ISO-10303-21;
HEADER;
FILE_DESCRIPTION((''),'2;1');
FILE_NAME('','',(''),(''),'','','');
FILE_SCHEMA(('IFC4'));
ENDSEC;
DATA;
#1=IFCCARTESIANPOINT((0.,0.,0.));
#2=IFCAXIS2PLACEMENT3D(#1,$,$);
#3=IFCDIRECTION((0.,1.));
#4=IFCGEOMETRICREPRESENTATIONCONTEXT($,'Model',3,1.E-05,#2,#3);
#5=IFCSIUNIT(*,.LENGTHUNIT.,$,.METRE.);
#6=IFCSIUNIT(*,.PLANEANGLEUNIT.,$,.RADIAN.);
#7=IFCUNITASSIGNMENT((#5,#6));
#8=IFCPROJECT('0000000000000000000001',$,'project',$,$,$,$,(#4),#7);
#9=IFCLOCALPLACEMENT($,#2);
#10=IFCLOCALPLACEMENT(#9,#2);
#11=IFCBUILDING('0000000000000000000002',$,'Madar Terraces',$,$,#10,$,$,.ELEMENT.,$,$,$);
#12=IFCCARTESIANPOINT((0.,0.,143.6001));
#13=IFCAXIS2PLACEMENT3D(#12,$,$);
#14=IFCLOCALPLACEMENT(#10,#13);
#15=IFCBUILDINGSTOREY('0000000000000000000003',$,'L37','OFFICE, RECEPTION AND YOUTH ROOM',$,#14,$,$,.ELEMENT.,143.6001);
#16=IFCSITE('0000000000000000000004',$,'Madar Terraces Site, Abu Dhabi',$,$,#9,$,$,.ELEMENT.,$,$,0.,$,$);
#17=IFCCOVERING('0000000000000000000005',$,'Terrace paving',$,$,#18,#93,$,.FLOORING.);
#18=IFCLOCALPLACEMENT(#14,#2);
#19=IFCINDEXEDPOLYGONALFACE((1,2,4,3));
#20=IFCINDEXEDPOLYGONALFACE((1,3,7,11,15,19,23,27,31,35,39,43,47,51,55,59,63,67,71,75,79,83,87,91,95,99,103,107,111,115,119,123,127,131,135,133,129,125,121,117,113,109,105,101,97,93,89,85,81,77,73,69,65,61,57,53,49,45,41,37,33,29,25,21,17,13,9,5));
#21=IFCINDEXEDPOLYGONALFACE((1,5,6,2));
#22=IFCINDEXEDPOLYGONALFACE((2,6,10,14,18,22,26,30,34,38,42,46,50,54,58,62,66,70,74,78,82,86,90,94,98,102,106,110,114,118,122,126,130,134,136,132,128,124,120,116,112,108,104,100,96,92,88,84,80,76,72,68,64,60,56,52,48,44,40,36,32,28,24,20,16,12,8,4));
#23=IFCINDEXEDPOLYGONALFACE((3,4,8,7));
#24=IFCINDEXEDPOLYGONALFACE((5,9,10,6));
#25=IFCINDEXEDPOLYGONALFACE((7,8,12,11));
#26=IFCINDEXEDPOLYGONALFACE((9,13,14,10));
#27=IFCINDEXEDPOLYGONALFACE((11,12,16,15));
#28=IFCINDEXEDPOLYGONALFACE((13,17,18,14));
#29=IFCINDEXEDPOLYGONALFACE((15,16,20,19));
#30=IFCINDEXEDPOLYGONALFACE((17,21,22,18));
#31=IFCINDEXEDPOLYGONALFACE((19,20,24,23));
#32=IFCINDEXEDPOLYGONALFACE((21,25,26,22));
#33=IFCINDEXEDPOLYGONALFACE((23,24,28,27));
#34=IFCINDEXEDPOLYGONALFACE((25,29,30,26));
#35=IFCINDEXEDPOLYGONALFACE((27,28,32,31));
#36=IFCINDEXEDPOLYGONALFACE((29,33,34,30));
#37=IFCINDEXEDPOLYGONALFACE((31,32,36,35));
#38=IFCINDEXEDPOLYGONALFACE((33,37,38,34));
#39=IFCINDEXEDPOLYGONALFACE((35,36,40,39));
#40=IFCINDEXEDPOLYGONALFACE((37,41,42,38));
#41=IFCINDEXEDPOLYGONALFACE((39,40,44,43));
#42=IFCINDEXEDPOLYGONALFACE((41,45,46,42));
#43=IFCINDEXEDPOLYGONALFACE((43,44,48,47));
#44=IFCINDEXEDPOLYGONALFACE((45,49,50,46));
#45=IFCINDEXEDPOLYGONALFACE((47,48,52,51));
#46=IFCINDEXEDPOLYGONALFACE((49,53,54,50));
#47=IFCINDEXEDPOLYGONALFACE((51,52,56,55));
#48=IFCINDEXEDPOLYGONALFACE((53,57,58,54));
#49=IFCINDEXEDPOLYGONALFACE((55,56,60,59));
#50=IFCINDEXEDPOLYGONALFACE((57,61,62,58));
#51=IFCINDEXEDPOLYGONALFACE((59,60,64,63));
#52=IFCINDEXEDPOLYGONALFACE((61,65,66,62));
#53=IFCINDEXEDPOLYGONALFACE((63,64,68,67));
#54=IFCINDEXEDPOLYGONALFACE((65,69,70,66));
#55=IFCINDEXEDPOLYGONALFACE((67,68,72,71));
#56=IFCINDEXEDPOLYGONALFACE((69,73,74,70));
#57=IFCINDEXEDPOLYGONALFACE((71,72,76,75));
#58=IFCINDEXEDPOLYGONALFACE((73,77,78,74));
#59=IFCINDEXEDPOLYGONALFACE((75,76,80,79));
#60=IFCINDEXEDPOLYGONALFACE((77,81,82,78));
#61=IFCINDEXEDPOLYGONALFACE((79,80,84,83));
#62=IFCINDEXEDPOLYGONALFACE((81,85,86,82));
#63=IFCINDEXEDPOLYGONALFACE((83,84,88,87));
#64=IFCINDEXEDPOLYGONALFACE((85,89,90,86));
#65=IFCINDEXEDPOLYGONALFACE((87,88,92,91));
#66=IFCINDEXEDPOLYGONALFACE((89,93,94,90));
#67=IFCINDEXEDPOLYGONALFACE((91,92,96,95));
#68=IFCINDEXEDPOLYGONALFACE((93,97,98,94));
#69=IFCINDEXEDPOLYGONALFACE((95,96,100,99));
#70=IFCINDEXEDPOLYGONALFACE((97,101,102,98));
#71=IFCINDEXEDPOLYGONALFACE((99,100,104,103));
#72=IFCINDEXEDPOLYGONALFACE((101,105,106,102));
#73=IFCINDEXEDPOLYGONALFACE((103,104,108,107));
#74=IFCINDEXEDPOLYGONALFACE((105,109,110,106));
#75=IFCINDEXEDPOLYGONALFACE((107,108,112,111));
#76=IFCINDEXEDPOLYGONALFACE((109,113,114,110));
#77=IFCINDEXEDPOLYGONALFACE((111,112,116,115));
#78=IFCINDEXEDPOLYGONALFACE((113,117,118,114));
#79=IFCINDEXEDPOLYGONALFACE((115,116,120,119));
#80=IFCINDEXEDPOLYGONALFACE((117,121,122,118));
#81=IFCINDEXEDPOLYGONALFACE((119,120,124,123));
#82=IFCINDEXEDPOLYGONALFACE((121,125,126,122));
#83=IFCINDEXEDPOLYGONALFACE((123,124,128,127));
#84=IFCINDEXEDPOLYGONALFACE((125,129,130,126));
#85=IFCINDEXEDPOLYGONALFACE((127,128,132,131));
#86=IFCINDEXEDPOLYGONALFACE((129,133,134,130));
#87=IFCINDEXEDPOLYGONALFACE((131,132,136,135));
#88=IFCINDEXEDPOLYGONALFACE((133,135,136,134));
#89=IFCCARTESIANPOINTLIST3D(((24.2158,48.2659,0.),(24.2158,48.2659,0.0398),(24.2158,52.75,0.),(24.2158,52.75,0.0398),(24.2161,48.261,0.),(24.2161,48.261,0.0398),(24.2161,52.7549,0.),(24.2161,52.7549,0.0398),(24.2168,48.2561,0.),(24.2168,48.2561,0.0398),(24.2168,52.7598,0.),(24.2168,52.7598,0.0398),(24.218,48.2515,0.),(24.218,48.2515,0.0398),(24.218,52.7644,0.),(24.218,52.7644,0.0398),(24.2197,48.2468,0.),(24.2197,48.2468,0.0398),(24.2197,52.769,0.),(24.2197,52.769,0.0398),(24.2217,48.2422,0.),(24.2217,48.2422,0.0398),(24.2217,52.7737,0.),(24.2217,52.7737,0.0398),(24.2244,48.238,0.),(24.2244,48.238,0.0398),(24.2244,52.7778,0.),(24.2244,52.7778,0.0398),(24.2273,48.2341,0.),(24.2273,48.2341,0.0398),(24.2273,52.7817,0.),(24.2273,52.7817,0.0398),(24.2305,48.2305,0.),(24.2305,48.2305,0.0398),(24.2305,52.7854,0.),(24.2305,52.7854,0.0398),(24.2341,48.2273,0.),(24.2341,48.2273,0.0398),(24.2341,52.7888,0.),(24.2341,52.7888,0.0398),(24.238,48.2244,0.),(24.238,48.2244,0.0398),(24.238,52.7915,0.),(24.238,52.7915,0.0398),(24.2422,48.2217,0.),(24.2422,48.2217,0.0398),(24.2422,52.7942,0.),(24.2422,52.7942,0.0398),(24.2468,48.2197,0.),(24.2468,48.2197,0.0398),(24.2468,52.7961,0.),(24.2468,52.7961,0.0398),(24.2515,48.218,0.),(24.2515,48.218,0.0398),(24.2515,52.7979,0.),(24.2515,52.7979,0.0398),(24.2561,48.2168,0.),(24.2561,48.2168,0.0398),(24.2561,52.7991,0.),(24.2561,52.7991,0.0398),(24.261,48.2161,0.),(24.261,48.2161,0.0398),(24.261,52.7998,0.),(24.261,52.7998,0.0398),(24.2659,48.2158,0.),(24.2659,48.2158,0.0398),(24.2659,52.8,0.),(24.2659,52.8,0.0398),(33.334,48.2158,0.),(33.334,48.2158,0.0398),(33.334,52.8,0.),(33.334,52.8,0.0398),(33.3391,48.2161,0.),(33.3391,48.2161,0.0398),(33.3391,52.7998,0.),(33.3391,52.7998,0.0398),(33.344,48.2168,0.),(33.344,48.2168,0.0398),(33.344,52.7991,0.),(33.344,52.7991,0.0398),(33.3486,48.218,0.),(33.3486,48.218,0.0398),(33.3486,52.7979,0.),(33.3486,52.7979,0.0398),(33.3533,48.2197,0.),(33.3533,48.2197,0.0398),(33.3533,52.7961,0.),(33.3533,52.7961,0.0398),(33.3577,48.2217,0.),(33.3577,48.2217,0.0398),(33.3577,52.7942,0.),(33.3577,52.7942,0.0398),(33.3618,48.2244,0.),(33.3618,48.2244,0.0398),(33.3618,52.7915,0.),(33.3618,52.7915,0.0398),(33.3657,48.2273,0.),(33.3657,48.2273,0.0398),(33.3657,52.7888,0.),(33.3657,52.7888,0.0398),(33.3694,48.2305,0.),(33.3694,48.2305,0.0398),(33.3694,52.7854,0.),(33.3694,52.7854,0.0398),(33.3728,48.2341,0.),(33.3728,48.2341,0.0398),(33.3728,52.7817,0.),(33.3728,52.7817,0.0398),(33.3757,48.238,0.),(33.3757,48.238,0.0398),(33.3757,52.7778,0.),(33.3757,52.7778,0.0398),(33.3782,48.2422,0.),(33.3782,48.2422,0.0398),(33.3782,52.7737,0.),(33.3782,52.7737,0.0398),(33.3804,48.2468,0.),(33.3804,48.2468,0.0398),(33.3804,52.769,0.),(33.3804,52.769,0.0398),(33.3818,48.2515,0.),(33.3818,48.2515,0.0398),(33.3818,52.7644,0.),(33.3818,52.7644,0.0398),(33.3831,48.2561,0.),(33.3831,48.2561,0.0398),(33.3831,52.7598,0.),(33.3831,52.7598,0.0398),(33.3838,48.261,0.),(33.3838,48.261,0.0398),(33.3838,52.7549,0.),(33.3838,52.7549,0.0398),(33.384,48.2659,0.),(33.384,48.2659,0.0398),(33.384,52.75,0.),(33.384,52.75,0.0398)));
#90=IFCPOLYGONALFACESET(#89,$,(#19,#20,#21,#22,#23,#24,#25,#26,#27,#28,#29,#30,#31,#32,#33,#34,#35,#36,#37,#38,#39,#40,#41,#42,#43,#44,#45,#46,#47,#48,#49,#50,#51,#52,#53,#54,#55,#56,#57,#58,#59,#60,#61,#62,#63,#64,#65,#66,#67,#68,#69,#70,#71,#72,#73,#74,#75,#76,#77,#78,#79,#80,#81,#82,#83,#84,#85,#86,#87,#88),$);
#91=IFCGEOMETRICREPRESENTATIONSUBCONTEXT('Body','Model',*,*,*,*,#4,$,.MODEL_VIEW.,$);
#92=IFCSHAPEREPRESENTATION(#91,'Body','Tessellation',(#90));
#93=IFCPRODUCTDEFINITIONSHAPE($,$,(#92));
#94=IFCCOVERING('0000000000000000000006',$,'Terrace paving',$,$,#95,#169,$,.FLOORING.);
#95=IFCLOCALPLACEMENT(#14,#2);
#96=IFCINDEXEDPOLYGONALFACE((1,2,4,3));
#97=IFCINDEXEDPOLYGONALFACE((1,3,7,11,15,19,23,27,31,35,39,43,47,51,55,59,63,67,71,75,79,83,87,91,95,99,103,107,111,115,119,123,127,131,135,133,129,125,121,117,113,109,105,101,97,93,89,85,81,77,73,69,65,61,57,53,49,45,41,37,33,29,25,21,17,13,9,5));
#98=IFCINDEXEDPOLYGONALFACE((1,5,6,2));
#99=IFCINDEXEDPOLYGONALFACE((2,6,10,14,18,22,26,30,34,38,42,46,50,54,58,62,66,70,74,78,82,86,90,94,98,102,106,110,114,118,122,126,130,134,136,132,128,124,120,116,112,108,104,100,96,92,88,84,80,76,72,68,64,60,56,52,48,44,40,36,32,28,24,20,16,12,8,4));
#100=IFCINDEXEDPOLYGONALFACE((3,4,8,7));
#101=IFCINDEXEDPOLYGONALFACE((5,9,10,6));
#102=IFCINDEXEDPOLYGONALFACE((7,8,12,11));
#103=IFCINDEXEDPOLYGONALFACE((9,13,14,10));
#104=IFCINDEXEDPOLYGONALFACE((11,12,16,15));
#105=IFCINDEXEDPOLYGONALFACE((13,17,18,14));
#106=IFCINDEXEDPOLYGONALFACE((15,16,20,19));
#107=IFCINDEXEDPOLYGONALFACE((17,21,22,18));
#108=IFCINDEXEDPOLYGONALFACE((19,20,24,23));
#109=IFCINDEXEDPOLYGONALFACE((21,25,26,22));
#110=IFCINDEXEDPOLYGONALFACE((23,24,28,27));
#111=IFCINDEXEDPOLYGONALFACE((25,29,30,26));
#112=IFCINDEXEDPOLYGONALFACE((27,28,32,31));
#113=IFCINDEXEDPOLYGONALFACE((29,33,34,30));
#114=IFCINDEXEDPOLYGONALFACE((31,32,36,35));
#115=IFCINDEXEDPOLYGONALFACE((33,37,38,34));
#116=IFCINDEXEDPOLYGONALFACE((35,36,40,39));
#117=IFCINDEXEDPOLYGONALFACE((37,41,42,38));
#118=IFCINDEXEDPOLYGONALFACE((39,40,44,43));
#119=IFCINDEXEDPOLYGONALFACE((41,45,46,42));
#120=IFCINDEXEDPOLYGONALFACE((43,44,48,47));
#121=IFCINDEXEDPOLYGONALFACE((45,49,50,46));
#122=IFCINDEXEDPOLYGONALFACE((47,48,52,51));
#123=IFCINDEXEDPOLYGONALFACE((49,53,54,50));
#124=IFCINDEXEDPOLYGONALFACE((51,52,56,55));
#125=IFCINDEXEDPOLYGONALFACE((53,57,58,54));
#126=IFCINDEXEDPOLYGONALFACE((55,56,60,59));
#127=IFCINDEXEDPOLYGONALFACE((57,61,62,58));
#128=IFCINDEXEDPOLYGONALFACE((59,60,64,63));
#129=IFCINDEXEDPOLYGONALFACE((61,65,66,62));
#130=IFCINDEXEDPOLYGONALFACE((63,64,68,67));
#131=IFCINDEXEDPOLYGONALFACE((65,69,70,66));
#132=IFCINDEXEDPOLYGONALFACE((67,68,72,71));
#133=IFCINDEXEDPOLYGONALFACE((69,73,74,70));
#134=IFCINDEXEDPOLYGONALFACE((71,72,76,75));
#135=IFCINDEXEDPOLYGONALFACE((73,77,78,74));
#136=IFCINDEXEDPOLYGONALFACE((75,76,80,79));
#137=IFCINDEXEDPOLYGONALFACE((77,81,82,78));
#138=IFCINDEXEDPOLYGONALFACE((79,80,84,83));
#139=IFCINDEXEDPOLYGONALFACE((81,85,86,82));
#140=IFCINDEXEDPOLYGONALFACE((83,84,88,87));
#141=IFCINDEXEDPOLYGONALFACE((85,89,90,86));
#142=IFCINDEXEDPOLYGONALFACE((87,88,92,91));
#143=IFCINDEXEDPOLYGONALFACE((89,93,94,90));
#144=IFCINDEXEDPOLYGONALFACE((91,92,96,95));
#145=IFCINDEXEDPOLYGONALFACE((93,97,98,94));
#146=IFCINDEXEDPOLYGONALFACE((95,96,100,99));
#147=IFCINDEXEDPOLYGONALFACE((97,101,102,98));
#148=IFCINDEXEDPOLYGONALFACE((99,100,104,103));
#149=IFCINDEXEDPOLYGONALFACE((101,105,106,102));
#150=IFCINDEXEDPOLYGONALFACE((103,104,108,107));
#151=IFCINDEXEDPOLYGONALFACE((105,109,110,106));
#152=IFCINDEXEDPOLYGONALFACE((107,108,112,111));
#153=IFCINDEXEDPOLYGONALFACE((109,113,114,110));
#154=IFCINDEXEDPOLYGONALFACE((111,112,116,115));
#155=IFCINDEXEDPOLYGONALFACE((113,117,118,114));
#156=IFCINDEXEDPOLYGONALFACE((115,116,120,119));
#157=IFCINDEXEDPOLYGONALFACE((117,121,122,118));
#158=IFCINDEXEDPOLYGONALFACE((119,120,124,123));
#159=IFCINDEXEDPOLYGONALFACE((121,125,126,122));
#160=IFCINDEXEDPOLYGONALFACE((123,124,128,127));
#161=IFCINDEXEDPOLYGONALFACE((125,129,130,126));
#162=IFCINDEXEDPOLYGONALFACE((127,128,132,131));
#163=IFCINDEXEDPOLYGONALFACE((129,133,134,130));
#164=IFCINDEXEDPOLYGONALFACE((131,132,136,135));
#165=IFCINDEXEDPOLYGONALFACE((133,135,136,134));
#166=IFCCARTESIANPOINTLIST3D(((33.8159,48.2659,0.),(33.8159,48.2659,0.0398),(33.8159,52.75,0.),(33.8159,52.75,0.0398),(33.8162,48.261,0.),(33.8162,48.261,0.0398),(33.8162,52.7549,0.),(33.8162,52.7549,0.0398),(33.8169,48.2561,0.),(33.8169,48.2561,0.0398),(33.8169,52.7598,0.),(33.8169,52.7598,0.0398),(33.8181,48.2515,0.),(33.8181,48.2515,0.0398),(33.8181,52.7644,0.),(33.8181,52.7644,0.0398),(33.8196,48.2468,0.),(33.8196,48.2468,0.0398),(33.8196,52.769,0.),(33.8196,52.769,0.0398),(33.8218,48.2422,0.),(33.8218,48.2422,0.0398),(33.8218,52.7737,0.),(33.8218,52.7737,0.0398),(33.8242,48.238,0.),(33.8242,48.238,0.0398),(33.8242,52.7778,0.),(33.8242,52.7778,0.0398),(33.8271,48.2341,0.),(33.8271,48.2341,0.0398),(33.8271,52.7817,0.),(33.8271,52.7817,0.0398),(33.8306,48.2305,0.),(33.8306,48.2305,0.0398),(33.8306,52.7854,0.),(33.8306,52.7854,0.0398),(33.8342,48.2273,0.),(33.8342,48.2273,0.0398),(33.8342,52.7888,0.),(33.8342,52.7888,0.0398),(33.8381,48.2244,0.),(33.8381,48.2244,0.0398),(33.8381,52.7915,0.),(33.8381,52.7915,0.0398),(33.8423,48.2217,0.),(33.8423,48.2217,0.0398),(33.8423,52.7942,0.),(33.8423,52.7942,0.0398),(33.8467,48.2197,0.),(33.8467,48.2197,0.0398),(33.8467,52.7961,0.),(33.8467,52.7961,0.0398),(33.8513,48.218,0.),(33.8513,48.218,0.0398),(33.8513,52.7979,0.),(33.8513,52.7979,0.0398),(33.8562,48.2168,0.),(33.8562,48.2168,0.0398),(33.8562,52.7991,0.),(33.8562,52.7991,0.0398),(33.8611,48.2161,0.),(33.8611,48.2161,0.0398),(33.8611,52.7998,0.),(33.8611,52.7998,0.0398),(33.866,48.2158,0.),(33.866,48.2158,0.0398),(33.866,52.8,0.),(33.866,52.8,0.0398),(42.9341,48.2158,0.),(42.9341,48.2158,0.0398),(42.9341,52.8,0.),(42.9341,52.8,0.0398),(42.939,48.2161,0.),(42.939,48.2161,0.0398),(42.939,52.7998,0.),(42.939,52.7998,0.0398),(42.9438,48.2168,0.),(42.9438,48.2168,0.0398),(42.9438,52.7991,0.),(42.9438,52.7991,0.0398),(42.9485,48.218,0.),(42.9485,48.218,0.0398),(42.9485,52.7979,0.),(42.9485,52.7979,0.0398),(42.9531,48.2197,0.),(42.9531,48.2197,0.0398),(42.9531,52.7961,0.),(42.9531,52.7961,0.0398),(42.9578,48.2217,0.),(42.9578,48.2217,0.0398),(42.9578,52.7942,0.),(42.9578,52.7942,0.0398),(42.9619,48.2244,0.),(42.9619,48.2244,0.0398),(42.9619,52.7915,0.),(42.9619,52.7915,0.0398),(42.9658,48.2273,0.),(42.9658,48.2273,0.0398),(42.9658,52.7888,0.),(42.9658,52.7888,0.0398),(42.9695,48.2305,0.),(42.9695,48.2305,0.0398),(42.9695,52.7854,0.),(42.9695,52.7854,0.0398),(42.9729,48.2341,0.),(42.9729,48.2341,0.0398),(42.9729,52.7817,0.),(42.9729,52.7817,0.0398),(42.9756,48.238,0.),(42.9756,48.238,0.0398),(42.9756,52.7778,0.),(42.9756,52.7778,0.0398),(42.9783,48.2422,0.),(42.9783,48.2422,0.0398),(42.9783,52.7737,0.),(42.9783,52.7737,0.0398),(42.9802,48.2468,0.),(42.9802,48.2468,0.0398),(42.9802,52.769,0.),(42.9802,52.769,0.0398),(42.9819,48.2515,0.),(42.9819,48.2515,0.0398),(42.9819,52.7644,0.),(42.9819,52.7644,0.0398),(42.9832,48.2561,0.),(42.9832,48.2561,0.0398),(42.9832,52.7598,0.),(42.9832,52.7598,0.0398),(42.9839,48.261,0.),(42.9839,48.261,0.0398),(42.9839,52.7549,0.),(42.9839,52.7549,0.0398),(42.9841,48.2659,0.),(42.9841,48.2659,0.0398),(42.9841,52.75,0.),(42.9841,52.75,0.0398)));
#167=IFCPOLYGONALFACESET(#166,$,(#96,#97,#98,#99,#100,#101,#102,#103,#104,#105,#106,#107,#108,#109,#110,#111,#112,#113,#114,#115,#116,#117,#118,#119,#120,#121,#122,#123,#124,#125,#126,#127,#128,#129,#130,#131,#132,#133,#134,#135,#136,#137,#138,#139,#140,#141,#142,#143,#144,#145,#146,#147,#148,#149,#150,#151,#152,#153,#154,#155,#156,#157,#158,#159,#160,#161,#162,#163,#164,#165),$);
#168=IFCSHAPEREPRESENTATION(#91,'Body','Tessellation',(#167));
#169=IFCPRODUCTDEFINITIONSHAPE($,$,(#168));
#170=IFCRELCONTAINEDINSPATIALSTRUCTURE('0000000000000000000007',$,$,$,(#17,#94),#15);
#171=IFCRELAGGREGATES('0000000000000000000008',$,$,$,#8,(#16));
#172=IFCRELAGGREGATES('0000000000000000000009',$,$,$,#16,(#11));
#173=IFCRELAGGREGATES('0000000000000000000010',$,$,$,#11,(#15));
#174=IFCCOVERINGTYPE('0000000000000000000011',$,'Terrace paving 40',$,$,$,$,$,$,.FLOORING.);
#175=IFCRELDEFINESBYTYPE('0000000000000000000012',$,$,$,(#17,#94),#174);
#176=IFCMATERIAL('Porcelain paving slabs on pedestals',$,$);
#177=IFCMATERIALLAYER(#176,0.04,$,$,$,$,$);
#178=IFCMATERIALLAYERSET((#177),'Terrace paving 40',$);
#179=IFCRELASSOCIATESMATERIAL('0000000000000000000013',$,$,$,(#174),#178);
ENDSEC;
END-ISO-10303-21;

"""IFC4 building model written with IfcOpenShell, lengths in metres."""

from ifc_helpers import new_model, si_unit, direction, frame, origin, place, context, subcontext, project, spatial, polyline, outline, extrude, material, layer, layer_set, type_object, element, save


model = new_model("IFC4")

# Units and contexts
model_context = context("Model", 3, precision=1e-05, world=origin(), true_north=direction((0.0, 1.0)))
body_context = subcontext(model_context, "Body", "Model", "MODEL_VIEW")
ifc_project = project(units=[si_unit("LENGTHUNIT", "METRE"), si_unit("PLANEANGLEUNIT", "RADIAN")], contexts=[model_context])

# Site, building, storey
site_placement = place(None, origin())
site = spatial("IfcSite", under=ifc_project, at=site_placement, Name="Madar Terraces Site, Abu Dhabi", CompositionType="ELEMENT", RefElevation=0.0)
building_placement = place(site_placement, origin())
building = spatial("IfcBuilding", under=site, at=building_placement, Name="Madar Terraces", CompositionType="ELEMENT")
storey_placement = place(building_placement, frame((0.0, 0.0, 143.6001)))
storey = spatial("IfcBuildingStorey", under=building, at=storey_placement, Name="L37", Description="OFFICE, RECEPTION AND YOUTH ROOM", CompositionType="ELEMENT", Elevation=143.6001)

# Coverings
ifc_material_1 = material(Name="Porcelain paving slabs on pedestals")
ifc_layer_1 = layer(ifc_material_1, 0.04)
ifc_layer_set_1 = layer_set([ifc_layer_1], Name="Terrace paving 40")
covering_type = type_object("IfcCoveringType", Name="Terrace paving 40", PredefinedType="FLOORING", material=ifc_layer_set_1)
covering_1_placement = place(storey_placement, origin())
element("IfcCovering", 1, at=covering_1_placement, inside=storey, type_object=covering_type, Name="Terrace paving", PredefinedType="FLOORING", context=body_context, shape_type="SweptSolid", body=[
    extrude(outline(polyline([(33.3486, 52.7979), (33.3533, 52.7961), (33.3577, 52.7942), (33.3618, 52.7915), (33.3657, 52.7888), (33.3694, 52.7854), (33.3728, 52.7817), (33.3757, 52.7778), (33.3782, 52.7737), (33.3804, 52.769), (33.3818, 52.7644), (33.3831, 52.7598), (33.3838, 52.7549), (33.384, 52.75), (33.384, 48.2659), (33.3838, 48.261), (33.3831, 48.2561), (33.3818, 48.2515), (33.3804, 48.2468), (33.3782, 48.2422), (33.3757, 48.238), (33.3728, 48.2341), (33.3694, 48.2305), (33.3657, 48.2273), (33.3618, 48.2244), (33.3577, 48.2217), (33.3533, 48.2197), (33.3486, 48.218), (33.344, 48.2168), (33.3391, 48.2161), (33.334, 48.2158), (24.2659, 48.2158), (24.261, 48.2161), (24.2561, 48.2168), (24.2515, 48.218), (24.2468, 48.2197), (24.2422, 48.2217), (24.238, 48.2244), (24.2341, 48.2273), (24.2305, 48.2305), (24.2273, 48.2341), (24.2244, 48.238), (24.2217, 48.2422), (24.2197, 48.2468), (24.218, 48.2515), (24.2168, 48.2561), (24.2161, 48.261), (24.2158, 48.2659), (24.2158, 52.75), (24.2161, 52.7549), (24.2168, 52.7598), (24.218, 52.7644), (24.2197, 52.769), (24.2217, 52.7737), (24.2244, 52.7778), (24.2273, 52.7817), (24.2305, 52.7854), (24.2341, 52.7888), (24.238, 52.7915), (24.2422, 52.7942), (24.2468, 52.7961), (24.2515, 52.7979), (24.2561, 52.7991), (24.261, 52.7998), (24.2659, 52.8), (33.334, 52.8), (33.3391, 52.7998), (33.344, 52.7991), (33.3486, 52.7979)])), origin(), (0.0, 0.0, 1.0), 0.0398),
])
covering_2_placement = place(storey_placement, origin())
element("IfcCovering", 2, at=covering_2_placement, inside=storey, type_object=covering_type, Name="Terrace paving", PredefinedType="FLOORING", context=body_context, shape_type="SweptSolid", body=[
    extrude(outline(polyline([(42.9485, 52.7979), (42.9531, 52.7961), (42.9578, 52.7942), (42.9619, 52.7915), (42.9658, 52.7888), (42.9695, 52.7854), (42.9729, 52.7817), (42.9756, 52.7778), (42.9783, 52.7737), (42.9802, 52.769), (42.9819, 52.7644), (42.9832, 52.7598), (42.9839, 52.7549), (42.9841, 52.75), (42.9841, 48.2659), (42.9839, 48.261), (42.9832, 48.2561), (42.9819, 48.2515), (42.9802, 48.2468), (42.9783, 48.2422), (42.9756, 48.238), (42.9729, 48.2341), (42.9695, 48.2305), (42.9658, 48.2273), (42.9619, 48.2244), (42.9578, 48.2217), (42.9531, 48.2197), (42.9485, 48.218), (42.9438, 48.2168), (42.939, 48.2161), (42.9341, 48.2158), (33.866, 48.2158), (33.8611, 48.2161), (33.8562, 48.2168), (33.8513, 48.218), (33.8467, 48.2197), (33.8423, 48.2217), (33.8381, 48.2244), (33.8342, 48.2273), (33.8306, 48.2305), (33.8271, 48.2341), (33.8242, 48.238), (33.8218, 48.2422), (33.8196, 48.2468), (33.8181, 48.2515), (33.8169, 48.2561), (33.8162, 48.261), (33.8159, 48.2659), (33.8159, 52.75), (33.8162, 52.7549), (33.8169, 52.7598), (33.8181, 52.7644), (33.8196, 52.769), (33.8218, 52.7737), (33.8242, 52.7778), (33.8271, 52.7817), (33.8306, 52.7854), (33.8342, 52.7888), (33.8381, 52.7915), (33.8423, 52.7942), (33.8467, 52.7961), (33.8513, 52.7979), (33.8562, 52.7991), (33.8611, 52.7998), (33.866, 52.8), (42.9341, 52.8), (42.939, 52.7998), (42.9438, 52.7991), (42.9485, 52.7979)])), origin(), (0.0, 0.0, 1.0), 0.0398),
])

save(model, "model.ifc")
